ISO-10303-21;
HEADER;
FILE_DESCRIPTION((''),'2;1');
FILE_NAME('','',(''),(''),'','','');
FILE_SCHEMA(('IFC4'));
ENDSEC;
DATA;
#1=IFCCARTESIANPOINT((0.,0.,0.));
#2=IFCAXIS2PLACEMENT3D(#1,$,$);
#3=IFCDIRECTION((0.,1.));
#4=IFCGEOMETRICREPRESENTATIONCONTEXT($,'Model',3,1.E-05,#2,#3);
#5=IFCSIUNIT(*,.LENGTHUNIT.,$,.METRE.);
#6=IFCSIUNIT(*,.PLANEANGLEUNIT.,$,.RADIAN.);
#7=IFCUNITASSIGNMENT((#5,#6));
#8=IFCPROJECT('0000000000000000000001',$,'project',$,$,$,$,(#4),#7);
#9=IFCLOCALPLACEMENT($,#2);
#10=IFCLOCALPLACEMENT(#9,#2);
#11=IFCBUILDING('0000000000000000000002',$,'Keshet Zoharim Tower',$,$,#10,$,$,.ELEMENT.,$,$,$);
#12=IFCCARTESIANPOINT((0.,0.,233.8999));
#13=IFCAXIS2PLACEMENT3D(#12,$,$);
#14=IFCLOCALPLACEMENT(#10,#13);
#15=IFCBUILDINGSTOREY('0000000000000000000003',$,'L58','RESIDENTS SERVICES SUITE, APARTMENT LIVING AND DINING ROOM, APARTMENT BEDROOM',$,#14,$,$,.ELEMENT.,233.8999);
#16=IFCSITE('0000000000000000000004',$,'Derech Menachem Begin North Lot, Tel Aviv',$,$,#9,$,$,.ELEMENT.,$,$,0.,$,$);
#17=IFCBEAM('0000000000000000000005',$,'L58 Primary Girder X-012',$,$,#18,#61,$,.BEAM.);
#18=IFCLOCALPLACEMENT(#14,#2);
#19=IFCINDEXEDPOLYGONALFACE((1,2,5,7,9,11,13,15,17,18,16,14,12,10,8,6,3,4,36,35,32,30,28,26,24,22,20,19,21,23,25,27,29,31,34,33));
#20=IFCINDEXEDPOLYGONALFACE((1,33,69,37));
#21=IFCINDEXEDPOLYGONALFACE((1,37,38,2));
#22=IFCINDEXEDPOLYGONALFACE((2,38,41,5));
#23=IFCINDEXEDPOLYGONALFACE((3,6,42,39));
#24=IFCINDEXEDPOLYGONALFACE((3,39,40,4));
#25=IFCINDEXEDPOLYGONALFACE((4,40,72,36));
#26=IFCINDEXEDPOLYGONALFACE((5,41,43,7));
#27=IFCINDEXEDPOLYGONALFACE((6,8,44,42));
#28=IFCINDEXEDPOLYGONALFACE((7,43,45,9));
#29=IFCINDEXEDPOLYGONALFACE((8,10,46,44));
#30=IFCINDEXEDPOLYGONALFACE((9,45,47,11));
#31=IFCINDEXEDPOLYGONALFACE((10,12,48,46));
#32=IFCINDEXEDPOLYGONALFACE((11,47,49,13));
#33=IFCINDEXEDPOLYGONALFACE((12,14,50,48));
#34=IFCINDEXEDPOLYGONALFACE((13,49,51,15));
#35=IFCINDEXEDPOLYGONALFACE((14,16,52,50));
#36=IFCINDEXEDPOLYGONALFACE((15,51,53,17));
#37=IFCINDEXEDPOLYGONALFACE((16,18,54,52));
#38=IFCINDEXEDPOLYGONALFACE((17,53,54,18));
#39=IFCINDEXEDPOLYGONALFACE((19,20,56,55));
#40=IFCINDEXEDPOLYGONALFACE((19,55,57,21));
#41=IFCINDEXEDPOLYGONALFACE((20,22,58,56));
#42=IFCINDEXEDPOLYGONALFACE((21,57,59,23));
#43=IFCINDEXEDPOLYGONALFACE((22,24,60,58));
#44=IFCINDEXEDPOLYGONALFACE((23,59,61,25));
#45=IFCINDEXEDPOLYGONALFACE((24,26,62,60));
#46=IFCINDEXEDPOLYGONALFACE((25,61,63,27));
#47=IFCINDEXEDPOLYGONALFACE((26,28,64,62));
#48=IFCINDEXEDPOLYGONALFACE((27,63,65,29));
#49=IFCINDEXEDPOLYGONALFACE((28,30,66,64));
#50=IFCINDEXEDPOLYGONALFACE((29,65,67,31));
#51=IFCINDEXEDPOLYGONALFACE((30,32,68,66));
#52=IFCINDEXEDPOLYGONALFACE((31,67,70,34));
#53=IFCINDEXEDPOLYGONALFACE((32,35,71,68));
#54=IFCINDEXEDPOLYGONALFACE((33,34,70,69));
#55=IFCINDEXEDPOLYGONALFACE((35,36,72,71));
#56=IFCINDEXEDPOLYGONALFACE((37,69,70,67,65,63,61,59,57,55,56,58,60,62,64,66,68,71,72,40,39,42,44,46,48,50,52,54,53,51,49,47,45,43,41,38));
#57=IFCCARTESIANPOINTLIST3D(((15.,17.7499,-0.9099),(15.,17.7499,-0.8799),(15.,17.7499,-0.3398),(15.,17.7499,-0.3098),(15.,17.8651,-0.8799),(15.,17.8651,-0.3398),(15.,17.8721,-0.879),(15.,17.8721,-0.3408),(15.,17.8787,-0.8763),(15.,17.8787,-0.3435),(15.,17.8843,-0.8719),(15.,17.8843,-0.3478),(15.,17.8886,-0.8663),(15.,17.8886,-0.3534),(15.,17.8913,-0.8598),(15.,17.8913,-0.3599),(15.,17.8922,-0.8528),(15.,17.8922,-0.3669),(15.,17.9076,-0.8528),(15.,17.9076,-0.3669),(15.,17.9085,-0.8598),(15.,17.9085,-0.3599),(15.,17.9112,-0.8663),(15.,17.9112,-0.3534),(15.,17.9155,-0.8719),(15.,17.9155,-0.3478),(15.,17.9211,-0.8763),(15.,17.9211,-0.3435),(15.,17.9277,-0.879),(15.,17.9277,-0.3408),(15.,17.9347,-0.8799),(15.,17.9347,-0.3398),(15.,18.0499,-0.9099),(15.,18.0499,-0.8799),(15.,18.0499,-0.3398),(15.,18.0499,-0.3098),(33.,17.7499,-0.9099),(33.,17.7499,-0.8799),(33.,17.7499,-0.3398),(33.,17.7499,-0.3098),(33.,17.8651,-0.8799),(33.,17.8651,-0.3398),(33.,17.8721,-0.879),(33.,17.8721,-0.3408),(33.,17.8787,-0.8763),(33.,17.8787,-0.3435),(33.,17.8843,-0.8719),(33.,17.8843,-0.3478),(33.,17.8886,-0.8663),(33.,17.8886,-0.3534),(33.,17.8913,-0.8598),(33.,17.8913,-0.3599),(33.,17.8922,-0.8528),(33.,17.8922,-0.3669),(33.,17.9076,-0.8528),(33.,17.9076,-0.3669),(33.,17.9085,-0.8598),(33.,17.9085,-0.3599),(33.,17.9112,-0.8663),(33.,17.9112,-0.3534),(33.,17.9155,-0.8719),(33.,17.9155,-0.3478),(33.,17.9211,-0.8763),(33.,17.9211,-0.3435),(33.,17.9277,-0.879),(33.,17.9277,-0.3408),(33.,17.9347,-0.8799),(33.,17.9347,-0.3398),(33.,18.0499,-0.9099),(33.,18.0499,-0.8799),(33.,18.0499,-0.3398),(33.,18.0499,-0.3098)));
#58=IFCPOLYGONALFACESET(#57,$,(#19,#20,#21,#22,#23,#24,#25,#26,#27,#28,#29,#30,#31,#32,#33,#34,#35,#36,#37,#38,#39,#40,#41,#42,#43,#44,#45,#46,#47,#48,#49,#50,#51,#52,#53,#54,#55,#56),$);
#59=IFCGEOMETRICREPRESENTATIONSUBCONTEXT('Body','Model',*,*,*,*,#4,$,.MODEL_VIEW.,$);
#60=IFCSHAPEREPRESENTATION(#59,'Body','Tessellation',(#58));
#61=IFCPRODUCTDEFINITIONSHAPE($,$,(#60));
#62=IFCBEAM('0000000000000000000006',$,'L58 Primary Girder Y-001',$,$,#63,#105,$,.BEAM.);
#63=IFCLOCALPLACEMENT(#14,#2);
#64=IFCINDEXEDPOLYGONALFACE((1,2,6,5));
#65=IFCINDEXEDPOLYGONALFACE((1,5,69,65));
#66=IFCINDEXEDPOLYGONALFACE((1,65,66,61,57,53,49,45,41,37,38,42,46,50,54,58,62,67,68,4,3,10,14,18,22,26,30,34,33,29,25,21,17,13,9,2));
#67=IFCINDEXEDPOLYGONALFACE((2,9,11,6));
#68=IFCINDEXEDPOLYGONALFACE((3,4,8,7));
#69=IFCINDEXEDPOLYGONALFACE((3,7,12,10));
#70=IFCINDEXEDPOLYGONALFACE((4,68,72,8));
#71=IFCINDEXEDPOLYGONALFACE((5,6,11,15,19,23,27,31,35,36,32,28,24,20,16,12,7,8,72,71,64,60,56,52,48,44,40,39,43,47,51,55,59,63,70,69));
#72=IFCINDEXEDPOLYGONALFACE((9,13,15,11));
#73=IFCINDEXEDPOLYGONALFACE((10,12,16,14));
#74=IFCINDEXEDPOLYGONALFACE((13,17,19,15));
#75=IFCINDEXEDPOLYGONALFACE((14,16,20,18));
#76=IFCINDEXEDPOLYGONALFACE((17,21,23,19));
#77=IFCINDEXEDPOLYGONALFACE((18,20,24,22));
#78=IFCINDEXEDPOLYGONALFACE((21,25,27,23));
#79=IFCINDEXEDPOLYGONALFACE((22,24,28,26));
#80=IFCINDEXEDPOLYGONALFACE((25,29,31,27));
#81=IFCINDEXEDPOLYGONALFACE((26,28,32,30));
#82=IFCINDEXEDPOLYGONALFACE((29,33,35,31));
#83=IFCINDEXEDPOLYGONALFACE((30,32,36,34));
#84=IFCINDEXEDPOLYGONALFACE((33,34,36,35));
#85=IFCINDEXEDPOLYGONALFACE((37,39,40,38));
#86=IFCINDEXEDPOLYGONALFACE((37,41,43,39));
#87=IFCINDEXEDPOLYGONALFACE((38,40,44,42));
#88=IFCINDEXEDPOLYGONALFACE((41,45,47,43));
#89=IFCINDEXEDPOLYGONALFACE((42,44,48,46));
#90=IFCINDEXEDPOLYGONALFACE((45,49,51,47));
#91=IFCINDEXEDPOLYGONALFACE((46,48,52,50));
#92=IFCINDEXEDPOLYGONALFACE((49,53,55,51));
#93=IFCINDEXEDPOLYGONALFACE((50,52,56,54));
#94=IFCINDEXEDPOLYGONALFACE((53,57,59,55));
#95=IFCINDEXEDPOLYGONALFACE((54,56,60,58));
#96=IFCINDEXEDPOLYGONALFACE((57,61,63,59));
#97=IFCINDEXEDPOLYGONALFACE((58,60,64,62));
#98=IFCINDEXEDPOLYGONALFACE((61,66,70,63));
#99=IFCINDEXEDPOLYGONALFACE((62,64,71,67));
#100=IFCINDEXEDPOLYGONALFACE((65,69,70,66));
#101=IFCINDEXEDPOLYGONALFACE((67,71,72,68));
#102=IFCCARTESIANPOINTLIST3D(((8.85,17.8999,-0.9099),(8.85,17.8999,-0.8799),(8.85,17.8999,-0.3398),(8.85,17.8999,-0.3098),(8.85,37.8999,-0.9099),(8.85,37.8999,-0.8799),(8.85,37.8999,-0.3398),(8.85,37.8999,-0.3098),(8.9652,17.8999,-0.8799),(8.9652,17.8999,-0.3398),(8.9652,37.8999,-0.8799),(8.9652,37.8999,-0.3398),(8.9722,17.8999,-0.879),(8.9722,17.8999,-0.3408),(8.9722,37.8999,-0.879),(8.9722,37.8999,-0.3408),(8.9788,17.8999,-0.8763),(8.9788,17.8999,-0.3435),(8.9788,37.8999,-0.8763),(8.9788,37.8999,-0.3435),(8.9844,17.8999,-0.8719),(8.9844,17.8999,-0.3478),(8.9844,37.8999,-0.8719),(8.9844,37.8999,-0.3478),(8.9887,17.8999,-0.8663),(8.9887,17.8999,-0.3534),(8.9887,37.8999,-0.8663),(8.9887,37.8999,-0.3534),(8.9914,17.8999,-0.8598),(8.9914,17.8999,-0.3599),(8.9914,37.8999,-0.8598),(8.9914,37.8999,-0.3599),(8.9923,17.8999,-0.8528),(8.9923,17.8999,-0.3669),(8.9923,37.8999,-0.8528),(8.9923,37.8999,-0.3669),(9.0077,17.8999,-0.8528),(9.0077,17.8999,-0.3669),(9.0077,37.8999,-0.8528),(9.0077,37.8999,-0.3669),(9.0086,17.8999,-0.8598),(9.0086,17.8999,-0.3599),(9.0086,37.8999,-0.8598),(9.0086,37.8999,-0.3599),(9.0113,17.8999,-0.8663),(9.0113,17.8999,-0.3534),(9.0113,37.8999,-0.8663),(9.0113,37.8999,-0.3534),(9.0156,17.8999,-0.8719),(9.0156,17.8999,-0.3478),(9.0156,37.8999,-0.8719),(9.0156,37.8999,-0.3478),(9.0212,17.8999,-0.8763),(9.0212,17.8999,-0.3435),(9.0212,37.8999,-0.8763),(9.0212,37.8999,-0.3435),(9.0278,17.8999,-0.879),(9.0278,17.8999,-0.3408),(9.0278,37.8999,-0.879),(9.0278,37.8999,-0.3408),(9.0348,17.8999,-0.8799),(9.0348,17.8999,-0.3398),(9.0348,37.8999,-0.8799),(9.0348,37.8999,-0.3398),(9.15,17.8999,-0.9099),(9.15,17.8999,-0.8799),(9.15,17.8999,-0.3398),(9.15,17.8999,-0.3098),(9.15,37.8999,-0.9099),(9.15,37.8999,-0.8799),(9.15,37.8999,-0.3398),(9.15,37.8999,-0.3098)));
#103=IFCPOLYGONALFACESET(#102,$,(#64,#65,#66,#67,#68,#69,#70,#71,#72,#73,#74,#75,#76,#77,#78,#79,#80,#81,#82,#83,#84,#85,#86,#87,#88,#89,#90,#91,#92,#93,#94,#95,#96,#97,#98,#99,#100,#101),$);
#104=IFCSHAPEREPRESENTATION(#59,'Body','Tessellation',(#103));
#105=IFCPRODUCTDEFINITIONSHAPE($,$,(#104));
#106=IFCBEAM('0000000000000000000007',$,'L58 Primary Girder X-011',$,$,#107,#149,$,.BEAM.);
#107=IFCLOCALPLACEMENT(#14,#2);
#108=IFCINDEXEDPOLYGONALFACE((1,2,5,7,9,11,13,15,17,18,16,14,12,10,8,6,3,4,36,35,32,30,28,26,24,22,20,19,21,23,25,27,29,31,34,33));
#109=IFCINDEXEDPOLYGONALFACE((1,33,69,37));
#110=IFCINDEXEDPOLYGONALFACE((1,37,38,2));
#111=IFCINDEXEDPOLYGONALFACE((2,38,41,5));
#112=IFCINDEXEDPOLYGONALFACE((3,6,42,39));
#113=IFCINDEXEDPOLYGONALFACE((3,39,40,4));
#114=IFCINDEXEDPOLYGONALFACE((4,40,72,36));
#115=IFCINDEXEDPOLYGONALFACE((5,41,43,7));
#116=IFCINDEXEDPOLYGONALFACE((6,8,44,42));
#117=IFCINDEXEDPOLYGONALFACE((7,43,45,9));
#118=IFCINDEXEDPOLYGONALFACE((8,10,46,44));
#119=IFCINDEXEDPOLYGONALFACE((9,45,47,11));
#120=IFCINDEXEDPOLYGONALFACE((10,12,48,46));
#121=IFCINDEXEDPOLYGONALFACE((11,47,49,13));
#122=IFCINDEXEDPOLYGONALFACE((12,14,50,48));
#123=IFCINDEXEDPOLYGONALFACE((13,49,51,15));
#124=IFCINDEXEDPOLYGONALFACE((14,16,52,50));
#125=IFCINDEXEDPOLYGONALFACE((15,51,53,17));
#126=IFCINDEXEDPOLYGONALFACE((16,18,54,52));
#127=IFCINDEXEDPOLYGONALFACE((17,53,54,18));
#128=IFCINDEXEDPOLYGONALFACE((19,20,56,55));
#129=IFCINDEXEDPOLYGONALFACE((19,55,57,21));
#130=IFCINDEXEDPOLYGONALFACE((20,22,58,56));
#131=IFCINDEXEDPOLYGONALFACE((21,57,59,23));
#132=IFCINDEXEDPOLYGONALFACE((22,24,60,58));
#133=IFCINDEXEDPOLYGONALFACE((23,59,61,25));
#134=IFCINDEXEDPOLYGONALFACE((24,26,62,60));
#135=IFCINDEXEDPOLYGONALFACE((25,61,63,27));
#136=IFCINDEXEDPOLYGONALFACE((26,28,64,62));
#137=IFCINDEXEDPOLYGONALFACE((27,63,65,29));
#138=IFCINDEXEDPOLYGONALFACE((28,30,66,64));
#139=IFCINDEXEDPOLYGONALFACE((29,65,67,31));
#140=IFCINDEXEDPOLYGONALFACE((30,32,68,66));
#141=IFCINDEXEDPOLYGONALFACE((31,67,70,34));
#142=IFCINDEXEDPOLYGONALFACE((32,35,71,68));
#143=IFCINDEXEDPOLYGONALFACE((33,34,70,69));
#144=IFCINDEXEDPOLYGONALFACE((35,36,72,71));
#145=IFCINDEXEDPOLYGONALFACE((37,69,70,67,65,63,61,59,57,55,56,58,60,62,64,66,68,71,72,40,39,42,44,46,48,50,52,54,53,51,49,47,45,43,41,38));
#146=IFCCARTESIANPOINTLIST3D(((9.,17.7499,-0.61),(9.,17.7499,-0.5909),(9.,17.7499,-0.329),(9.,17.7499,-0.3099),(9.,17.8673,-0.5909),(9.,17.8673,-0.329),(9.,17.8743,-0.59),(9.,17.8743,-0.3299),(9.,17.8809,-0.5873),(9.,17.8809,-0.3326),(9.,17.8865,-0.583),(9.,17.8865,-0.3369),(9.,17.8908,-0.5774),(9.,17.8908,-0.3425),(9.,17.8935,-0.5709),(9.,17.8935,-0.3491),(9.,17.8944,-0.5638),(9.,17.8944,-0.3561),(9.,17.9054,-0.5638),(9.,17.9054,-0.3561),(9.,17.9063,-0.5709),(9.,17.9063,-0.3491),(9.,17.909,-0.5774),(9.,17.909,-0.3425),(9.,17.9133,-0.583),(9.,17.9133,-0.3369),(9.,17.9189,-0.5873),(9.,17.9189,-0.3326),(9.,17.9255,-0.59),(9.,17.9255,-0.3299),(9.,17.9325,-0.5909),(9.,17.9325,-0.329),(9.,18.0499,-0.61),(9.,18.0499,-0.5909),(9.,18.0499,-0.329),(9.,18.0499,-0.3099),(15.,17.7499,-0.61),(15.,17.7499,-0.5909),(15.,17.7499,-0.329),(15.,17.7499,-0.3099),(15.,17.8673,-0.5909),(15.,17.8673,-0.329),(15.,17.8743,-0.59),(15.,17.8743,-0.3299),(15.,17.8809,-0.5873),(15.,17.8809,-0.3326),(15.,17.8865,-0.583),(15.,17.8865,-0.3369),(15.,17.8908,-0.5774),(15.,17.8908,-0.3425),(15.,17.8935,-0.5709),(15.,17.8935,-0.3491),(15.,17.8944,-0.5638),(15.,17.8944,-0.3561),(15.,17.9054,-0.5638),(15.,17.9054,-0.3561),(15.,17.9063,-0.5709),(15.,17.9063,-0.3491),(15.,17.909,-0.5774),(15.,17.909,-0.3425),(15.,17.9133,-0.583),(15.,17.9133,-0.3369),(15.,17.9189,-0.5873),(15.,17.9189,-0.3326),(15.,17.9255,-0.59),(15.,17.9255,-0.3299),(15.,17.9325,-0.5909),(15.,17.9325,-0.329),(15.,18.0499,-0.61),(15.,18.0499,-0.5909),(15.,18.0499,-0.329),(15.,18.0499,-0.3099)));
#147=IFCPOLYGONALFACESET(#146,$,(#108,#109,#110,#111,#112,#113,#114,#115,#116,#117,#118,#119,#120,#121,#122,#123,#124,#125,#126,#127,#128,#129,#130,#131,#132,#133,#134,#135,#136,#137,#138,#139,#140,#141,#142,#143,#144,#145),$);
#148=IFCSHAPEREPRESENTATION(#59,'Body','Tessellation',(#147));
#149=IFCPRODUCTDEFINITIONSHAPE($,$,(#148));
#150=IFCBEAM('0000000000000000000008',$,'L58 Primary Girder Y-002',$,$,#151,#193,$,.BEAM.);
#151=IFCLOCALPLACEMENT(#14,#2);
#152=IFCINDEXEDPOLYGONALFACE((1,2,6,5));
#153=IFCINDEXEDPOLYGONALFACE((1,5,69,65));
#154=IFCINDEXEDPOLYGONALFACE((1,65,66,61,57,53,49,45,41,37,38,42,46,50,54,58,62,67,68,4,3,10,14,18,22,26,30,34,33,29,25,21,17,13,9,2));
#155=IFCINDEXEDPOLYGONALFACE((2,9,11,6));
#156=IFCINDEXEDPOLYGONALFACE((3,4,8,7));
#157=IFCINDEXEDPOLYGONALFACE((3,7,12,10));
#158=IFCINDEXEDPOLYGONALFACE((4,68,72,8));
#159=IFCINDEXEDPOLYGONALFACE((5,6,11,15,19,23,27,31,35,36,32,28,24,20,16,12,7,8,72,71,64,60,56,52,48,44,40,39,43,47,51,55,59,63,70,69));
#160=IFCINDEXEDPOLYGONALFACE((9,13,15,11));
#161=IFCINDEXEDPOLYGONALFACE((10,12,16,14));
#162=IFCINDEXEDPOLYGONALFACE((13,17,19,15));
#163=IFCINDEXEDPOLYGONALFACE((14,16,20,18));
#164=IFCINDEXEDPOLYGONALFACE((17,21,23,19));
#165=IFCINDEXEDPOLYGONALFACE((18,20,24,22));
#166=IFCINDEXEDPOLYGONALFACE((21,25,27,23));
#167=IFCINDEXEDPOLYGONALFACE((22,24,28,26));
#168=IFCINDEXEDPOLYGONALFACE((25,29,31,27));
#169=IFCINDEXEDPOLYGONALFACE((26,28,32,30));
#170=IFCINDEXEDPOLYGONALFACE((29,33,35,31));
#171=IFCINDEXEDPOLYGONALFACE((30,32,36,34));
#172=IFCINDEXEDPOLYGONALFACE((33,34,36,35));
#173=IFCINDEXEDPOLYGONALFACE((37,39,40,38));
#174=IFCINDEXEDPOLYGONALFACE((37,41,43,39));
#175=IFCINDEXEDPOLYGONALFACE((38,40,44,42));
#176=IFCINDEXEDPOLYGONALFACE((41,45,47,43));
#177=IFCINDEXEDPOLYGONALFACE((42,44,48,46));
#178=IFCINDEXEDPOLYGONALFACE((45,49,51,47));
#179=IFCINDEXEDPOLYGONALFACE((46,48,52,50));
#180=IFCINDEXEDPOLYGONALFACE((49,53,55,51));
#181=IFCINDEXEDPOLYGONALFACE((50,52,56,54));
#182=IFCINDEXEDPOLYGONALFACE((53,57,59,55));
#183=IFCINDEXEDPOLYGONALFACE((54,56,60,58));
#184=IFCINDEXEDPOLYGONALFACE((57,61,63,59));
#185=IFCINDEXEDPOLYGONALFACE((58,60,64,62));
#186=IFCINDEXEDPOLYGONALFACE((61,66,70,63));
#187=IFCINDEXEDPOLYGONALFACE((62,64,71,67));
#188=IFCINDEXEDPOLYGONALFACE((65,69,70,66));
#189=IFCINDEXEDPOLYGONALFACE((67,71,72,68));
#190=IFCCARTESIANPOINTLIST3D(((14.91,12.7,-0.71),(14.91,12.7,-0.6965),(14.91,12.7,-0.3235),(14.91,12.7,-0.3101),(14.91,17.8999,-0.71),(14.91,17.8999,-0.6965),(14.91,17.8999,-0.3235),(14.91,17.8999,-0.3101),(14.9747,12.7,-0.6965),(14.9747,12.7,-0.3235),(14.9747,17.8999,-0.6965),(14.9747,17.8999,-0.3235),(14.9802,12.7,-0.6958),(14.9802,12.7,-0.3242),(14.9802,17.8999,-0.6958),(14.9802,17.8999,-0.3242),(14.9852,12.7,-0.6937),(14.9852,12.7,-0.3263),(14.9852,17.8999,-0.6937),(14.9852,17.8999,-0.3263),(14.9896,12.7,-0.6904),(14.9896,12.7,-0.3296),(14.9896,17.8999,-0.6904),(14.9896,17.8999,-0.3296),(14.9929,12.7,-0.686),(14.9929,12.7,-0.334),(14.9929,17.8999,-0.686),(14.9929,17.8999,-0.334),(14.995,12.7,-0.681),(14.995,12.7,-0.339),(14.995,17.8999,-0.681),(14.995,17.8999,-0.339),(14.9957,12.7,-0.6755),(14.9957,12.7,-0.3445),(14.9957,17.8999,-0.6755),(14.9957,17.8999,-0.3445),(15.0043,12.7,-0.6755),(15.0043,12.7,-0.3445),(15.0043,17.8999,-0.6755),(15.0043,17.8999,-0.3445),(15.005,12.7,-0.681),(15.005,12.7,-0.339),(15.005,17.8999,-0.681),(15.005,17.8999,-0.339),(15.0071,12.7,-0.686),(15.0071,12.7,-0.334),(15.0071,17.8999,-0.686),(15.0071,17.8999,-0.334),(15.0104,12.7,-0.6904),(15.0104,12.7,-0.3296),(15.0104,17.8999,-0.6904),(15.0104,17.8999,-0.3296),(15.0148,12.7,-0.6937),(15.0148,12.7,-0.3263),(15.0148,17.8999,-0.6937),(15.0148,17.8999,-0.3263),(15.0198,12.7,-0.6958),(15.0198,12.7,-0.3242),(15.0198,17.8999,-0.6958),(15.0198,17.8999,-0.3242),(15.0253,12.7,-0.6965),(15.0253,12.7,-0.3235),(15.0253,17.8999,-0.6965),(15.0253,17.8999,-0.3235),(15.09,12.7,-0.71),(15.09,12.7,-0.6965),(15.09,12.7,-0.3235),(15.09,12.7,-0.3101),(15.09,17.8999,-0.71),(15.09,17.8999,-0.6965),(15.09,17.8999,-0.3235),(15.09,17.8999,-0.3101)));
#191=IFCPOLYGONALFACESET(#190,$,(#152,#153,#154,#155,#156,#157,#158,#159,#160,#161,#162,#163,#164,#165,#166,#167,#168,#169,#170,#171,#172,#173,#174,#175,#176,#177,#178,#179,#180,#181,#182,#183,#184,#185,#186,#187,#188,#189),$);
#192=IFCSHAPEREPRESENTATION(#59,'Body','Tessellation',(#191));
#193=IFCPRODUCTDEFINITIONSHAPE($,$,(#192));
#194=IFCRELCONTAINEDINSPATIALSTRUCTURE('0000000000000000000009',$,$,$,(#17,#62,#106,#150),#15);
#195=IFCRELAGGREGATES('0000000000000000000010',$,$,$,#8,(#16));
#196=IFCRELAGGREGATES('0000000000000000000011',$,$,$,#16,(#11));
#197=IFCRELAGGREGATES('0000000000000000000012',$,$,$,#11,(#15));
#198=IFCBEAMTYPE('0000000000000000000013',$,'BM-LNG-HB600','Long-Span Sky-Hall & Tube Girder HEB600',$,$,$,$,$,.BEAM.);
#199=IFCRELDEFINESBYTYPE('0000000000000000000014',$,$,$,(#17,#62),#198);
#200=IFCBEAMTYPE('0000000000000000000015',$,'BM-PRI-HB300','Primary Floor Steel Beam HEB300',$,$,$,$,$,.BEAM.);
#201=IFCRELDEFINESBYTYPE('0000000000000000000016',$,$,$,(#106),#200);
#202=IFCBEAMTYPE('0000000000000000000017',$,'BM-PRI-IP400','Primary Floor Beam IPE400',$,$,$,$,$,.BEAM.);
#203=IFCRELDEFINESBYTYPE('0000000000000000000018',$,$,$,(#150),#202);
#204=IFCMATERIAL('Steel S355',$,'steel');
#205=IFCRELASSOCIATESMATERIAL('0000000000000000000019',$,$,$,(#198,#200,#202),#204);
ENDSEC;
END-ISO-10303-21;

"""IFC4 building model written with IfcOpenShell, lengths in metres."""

from ifc_helpers import new_model, si_unit, direction, frame, origin, origin_2d, place, context, subcontext, project, spatial, i_section, extrude, material, material_profile, profile_set, type_object, element, save


model = new_model("IFC4")

# Units and contexts
model_context = context("Model", 3, precision=1e-05, world=origin(), true_north=direction((0.0, 1.0)))
body_context = subcontext(model_context, "Body", "Model", "MODEL_VIEW")
ifc_project = project(units=[si_unit("LENGTHUNIT", "METRE"), si_unit("PLANEANGLEUNIT", "RADIAN")], contexts=[model_context])

# Site, building, storey
site_placement = place(None, origin())
site = spatial("IfcSite", under=ifc_project, at=site_placement, Name="Derech Menachem Begin North Lot, Tel Aviv", CompositionType="ELEMENT", RefElevation=0.0)
building_placement = place(site_placement, origin())
building = spatial("IfcBuilding", under=site, at=building_placement, Name="Keshet Zoharim Tower", CompositionType="ELEMENT")
storey_placement = place(building_placement, frame((0.0, 0.0, 233.8999)))
storey = spatial("IfcBuildingStorey", under=building, at=storey_placement, Name="L58", Description="RESIDENTS SERVICES SUITE, APARTMENT LIVING AND DINING ROOM, APARTMENT BEDROOM", CompositionType="ELEMENT", Elevation=233.8999)

# Shared definitions
ifc_material_1 = material(Name="Steel S355", Category="steel")

# Beams
ifc_material_profile_1 = material_profile(ifc_material_1, i_section(OverallWidth=0.3, OverallDepth=0.6001, WebThickness=0.0154, FlangeThickness=0.03, FilletRadius=0.0271, at=origin_2d()), Name="HEB600")
ifc_profile_set_1 = profile_set([ifc_material_profile_1], Name="Steel S355")
beam_type_1 = type_object("IfcBeamType", Name="BM-LNG-HB600", Description="Long-Span Sky-Hall & Tube Girder HEB600", PredefinedType="BEAM", material=ifc_profile_set_1)
for number, where, z_axis, x_axis, name in (
    (1, (15.0, 17.8999, -0.6099), (1.0, 0.0, 0.0), (0.0, 1.0, 0.0), "L58 Primary Girder X-012"),
):
    element("IfcBeam", number, at=place(storey_placement, frame(where, z_axis=z_axis, x_axis=x_axis)), inside=storey, type_object=beam_type_1, Name=name, PredefinedType="BEAM", context=body_context, shape_type="SweptSolid", body=[
        extrude(i_section(OverallWidth=0.3, OverallDepth=0.6001, WebThickness=0.0154, FlangeThickness=0.03, FilletRadius=0.0271, at=origin_2d()), origin(), (0.0, 0.0, 1.0), 18.0),
    ])
beam_1_placement = place(storey_placement, frame((9.0, 17.8999, -0.6099), z_axis=(0.0, 1.0, 0.0), x_axis=(-1.0, 0.0, 0.0)))
element("IfcBeam", 2, at=beam_1_placement, inside=storey, type_object=beam_type_1, Name="L58 Primary Girder Y-001", PredefinedType="BEAM", context=body_context, shape_type="SweptSolid", body=[
    extrude(i_section(OverallWidth=0.3, OverallDepth=0.6001, WebThickness=0.0154, FlangeThickness=0.03, FilletRadius=0.0271, at=origin_2d()), origin(), (0.0, 0.0, 1.0), 20.0),
])
ifc_material_profile_2 = material_profile(ifc_material_1, i_section(OverallWidth=0.3, OverallDepth=0.3, WebThickness=0.011, FlangeThickness=0.019, FilletRadius=0.0271, at=origin_2d()), Name="HEB300")
ifc_profile_set_2 = profile_set([ifc_material_profile_2], Name="Steel S355")
beam_type_2 = type_object("IfcBeamType", Name="BM-PRI-HB300", Description="Primary Floor Steel Beam HEB300", PredefinedType="BEAM", material=ifc_profile_set_2)
beam_2_placement = place(storey_placement, frame((9.0, 17.8999, -0.46), z_axis=(1.0, 0.0, 0.0), x_axis=(0.0, 1.0, 0.0)))
element("IfcBeam", 3, at=beam_2_placement, inside=storey, type_object=beam_type_2, Name="L58 Primary Girder X-011", PredefinedType="BEAM", context=body_context, shape_type="SweptSolid", body=[
    extrude(i_section(OverallWidth=0.3, OverallDepth=0.3, WebThickness=0.011, FlangeThickness=0.019, FilletRadius=0.0271, at=origin_2d()), origin(), (0.0, 0.0, 1.0), 6.0),
])
ifc_material_profile_3 = material_profile(ifc_material_1, i_section(OverallWidth=0.1799, OverallDepth=0.3999, WebThickness=0.0085, FlangeThickness=0.0134, FilletRadius=0.021, at=origin_2d()), Name="IPE400")
ifc_profile_set_3 = profile_set([ifc_material_profile_3], Name="Steel S355")
beam_type_3 = type_object("IfcBeamType", Name="BM-PRI-IP400", Description="Primary Floor Beam IPE400", PredefinedType="BEAM", material=ifc_profile_set_3)
beam_3_placement = place(storey_placement, frame((15.0, 12.7, -0.51), z_axis=(0.0, 1.0, 0.0), x_axis=(-1.0, 0.0, 0.0)))
element("IfcBeam", 4, at=beam_3_placement, inside=storey, type_object=beam_type_3, Name="L58 Primary Girder Y-002", PredefinedType="BEAM", context=body_context, shape_type="SweptSolid", body=[
    extrude(i_section(OverallWidth=0.1799, OverallDepth=0.3999, WebThickness=0.0085, FlangeThickness=0.0134, FilletRadius=0.021, at=origin_2d()), origin(), (0.0, 0.0, 1.0), 5.2),
])

save(model, "model.ifc")
